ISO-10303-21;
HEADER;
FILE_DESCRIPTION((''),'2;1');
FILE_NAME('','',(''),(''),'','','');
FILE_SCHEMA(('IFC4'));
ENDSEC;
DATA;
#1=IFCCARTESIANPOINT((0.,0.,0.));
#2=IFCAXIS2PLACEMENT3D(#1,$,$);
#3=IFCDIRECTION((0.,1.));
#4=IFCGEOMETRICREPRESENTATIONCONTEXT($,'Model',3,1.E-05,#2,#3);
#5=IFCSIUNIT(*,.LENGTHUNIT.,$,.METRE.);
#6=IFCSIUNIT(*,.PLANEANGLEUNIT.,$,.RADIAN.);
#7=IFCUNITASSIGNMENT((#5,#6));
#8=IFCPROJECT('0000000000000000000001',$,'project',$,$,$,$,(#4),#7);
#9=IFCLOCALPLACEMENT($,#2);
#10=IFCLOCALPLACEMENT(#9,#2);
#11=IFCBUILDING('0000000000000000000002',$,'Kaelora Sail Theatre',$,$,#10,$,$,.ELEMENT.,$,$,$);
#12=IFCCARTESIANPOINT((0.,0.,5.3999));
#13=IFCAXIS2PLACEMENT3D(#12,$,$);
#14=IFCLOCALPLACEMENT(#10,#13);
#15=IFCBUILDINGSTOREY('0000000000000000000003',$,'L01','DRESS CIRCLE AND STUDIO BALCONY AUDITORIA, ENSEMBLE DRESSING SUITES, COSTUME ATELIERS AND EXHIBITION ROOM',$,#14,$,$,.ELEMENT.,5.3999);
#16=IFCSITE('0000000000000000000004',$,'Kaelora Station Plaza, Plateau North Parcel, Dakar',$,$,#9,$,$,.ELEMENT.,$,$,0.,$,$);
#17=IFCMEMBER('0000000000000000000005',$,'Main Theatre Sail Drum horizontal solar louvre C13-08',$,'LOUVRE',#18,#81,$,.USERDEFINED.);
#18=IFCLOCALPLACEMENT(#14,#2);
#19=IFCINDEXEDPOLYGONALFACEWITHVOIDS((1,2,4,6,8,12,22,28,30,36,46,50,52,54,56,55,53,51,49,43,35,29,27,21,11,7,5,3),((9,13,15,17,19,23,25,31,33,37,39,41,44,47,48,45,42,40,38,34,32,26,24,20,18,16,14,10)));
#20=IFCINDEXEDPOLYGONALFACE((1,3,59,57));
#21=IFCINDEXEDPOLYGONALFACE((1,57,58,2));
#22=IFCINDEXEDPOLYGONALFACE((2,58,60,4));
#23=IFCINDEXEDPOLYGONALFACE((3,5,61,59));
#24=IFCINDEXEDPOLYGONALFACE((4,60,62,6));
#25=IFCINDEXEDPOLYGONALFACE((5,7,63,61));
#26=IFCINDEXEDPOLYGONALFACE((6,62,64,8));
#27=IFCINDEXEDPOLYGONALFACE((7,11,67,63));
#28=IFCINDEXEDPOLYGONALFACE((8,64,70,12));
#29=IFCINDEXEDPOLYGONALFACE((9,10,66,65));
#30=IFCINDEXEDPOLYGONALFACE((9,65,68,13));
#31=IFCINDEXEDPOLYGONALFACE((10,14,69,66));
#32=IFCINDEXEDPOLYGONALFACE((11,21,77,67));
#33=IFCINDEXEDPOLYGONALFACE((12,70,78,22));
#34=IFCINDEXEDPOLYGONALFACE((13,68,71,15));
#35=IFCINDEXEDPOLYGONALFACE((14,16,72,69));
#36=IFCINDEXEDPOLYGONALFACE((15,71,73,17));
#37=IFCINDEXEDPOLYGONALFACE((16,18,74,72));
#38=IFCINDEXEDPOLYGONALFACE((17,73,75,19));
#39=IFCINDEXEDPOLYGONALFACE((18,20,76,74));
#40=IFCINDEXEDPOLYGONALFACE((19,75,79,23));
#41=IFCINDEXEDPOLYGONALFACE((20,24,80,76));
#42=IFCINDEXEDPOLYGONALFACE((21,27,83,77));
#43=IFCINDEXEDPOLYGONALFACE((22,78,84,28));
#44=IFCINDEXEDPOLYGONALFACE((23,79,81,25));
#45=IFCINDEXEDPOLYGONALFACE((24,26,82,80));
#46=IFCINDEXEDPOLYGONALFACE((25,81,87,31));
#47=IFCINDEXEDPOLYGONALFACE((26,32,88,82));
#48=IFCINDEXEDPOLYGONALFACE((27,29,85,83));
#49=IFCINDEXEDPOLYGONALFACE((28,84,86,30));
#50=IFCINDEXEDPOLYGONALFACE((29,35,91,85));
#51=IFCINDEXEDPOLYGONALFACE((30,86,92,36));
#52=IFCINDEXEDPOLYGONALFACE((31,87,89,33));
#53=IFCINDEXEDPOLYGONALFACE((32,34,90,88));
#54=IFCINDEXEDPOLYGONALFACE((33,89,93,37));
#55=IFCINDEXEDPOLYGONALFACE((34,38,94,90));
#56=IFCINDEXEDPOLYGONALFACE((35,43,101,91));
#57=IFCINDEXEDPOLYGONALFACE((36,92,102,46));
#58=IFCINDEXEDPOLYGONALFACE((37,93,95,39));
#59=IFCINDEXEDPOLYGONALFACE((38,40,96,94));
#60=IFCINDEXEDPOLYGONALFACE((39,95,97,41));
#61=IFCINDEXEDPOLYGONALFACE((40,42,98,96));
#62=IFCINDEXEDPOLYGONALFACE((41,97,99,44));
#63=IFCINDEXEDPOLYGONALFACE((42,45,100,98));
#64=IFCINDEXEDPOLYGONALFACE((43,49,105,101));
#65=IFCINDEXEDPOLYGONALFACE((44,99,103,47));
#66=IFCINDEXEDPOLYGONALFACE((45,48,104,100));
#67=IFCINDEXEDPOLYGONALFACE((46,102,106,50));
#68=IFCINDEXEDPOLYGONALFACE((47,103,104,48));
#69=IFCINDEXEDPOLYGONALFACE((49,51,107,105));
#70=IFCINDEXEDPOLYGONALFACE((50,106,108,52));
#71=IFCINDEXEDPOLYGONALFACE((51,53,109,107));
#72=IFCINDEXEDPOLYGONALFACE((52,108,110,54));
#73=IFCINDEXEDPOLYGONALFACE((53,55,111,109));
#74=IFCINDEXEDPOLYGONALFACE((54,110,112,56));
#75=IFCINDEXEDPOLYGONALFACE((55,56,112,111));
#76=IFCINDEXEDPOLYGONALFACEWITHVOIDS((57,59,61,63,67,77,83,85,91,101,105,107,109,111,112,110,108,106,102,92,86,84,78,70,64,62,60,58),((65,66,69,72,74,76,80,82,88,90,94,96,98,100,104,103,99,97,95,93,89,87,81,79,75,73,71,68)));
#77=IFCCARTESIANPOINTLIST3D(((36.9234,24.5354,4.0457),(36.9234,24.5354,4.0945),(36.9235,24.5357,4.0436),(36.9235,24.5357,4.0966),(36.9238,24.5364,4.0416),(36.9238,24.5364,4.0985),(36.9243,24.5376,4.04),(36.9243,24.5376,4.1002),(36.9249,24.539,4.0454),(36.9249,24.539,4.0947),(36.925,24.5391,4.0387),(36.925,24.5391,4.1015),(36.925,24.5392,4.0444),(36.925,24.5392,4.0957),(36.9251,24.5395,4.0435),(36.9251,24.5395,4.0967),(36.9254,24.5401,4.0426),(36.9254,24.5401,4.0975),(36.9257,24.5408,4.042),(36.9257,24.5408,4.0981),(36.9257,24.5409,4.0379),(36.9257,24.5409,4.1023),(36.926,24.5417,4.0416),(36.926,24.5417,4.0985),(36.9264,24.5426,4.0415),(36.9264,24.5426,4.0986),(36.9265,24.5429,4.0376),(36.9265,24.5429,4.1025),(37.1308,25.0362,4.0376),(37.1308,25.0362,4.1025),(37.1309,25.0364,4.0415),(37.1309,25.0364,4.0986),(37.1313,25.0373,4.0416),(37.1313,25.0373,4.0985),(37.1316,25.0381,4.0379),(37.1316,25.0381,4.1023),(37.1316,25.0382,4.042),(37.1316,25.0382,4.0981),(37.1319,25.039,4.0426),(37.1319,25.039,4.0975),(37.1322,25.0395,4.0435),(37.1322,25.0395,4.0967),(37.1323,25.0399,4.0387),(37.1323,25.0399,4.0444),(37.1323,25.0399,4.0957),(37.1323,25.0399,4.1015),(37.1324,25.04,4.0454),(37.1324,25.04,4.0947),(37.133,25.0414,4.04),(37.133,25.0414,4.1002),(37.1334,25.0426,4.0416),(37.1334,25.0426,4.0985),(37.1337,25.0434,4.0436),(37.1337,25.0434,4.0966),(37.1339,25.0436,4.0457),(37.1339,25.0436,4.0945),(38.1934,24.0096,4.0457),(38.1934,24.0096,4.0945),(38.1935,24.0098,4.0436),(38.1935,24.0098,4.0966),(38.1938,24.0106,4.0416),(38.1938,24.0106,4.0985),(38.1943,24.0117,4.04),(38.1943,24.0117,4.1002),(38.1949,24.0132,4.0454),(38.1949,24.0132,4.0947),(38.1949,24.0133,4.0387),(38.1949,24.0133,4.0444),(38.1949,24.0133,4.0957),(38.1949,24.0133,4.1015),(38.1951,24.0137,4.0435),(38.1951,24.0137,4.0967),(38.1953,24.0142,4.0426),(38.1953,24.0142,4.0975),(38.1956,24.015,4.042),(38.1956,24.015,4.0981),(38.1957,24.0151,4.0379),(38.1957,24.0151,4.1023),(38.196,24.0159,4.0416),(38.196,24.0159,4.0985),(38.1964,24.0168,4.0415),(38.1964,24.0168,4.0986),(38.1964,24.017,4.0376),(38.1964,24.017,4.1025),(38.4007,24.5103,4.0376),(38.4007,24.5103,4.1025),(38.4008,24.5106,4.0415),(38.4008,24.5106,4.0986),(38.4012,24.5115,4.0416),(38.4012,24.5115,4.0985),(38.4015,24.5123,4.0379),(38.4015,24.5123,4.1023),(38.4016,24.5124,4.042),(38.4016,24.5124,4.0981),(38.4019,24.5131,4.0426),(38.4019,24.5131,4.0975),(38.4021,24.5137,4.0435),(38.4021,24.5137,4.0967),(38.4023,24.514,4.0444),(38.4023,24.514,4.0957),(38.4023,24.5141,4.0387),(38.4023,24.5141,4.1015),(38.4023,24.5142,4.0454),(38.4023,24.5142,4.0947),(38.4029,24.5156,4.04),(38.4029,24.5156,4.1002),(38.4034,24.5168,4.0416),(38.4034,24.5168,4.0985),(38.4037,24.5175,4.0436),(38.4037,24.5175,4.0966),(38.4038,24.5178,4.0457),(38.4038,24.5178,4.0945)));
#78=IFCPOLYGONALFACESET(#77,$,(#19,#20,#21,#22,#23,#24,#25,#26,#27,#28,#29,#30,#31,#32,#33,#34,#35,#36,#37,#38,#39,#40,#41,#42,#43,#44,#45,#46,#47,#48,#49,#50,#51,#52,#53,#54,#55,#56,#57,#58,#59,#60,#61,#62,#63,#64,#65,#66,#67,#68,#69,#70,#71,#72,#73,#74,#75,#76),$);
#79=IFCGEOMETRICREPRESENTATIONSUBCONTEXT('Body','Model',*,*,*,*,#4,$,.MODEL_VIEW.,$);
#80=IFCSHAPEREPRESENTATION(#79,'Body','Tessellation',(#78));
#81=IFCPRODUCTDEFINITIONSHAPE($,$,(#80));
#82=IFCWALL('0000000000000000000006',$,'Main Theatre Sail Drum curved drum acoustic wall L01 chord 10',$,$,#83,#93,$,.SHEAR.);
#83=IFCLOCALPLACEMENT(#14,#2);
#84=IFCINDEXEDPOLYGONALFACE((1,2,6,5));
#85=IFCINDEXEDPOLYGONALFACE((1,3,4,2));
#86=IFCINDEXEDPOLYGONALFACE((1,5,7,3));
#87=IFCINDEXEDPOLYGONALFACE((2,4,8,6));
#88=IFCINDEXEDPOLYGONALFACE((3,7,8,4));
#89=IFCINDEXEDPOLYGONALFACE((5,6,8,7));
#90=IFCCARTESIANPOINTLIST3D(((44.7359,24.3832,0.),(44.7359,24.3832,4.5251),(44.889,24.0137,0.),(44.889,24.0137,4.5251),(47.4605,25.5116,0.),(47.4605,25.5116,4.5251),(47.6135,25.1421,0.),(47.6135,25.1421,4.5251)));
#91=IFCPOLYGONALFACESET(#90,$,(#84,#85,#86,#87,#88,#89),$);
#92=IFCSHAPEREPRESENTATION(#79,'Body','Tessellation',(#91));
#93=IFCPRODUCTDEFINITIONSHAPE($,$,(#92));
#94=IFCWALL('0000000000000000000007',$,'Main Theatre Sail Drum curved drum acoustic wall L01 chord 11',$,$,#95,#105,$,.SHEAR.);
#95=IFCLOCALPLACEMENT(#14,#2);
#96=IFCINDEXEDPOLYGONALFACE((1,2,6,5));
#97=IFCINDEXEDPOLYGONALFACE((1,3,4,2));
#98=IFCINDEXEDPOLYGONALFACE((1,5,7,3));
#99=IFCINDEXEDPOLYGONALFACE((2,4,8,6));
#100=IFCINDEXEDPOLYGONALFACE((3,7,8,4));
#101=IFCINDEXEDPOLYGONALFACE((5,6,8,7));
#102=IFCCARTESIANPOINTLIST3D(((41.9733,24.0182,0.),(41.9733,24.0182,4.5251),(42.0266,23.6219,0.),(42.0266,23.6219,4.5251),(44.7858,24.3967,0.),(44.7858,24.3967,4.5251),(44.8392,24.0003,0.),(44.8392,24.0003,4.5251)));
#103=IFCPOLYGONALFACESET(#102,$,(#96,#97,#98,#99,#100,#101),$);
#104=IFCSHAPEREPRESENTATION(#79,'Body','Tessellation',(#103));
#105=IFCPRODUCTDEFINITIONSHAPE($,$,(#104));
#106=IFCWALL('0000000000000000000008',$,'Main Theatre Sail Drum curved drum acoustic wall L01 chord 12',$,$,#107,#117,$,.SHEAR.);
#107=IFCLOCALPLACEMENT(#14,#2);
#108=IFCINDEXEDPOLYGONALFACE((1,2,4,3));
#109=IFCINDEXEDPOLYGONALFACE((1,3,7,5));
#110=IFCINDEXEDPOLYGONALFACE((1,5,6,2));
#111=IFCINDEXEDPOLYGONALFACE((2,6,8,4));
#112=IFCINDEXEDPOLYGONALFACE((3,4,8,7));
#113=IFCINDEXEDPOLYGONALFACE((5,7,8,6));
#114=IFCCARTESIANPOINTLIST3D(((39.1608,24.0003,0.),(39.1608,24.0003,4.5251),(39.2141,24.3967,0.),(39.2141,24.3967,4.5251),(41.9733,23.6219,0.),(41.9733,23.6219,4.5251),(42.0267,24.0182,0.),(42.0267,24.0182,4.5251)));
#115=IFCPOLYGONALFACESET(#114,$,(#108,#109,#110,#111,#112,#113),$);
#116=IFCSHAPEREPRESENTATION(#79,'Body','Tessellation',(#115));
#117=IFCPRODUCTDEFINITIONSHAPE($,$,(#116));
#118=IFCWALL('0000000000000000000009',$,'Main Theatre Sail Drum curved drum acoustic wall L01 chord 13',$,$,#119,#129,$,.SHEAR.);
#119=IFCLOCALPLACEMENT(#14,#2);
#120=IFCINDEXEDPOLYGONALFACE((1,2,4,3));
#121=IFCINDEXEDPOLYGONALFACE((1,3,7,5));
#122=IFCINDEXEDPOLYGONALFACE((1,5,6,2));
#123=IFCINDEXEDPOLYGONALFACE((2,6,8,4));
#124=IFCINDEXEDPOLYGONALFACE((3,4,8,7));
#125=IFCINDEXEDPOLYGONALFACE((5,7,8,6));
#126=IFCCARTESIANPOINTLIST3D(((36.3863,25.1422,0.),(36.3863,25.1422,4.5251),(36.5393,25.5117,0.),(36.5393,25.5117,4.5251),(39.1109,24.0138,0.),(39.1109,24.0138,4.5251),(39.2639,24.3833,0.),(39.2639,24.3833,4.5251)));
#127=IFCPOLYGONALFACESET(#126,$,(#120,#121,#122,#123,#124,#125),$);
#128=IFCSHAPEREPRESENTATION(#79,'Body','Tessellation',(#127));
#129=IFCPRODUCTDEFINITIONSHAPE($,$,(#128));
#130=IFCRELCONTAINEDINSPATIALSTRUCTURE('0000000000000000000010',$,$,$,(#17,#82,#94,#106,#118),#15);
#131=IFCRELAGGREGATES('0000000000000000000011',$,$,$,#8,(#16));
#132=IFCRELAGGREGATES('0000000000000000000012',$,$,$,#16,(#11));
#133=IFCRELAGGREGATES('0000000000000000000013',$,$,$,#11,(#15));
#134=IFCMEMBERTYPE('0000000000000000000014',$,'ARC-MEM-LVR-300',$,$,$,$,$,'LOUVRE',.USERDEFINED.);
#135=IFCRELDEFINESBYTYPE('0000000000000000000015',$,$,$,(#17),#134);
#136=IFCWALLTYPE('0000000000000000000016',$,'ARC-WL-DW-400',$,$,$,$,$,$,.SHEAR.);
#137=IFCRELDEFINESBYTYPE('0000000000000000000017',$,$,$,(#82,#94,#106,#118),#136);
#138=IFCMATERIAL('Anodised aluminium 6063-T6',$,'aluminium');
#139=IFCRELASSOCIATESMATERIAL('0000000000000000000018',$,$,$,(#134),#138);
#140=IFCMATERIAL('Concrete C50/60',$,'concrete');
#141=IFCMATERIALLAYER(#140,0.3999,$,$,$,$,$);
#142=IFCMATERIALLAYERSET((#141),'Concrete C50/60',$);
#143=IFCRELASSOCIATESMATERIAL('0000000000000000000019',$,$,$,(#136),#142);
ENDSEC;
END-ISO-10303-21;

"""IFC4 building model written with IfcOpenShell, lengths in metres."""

from ifc_helpers import new_model, si_unit, direction, frame, frame_2d, origin, origin_2d, place, context, subcontext, project, spatial, rectangle, hollow_rectangle, extrude, material, layer, layer_set, material_profile, profile_set, type_object, element, save


model = new_model("IFC4")

# Units and contexts
model_context = context("Model", 3, precision=1e-05, world=origin(), true_north=direction((0.0, 1.0)))
body_context = subcontext(model_context, "Body", "Model", "MODEL_VIEW")
ifc_project = project(units=[si_unit("LENGTHUNIT", "METRE"), si_unit("PLANEANGLEUNIT", "RADIAN")], contexts=[model_context])

# Site, building, storey
site_placement = place(None, origin())
site = spatial("IfcSite", under=ifc_project, at=site_placement, Name="Kaelora Station Plaza, Plateau North Parcel, Dakar", CompositionType="ELEMENT", RefElevation=0.0)
building_placement = place(site_placement, origin())
building = spatial("IfcBuilding", under=site, at=building_placement, Name="Kaelora Sail Theatre", CompositionType="ELEMENT")
storey_placement = place(building_placement, frame((0.0, 0.0, 5.3999)))
storey = spatial("IfcBuildingStorey", under=building, at=storey_placement, Name="L01", Description="DRESS CIRCLE AND STUDIO BALCONY AUDITORIA, ENSEMBLE DRESSING SUITES, COSTUME ATELIERS AND EXHIBITION ROOM", CompositionType="ELEMENT", Elevation=5.3999)

# Member
ifc_material_1 = material(Name="Anodised aluminium 6063-T6", Category="aluminium")
ifc_material_profile_1 = material_profile(ifc_material_1, hollow_rectangle(XDim=0.55, YDim=0.0649, WallThickness=0.0039, InnerFilletRadius=0.0039, OuterFilletRadius=0.0081, at=origin_2d()), Name="LOUVRE 550x65x4")
ifc_profile_set_1 = profile_set([ifc_material_profile_1], Name="Anodised aluminium 6063-T6")
member_type = type_object("IfcMemberType", Name="ARC-MEM-LVR-300", ElementType="LOUVRE", PredefinedType="USERDEFINED", material=ifc_profile_set_1)
for number, where, z_axis, x_axis, name in (
    (1, (38.2986, 24.2637, 4.0701), (-0.923926, 0.382571, 0.0), (-0.382571, -0.923926, 0.0), "Main Theatre Sail Drum horizontal solar louvre C13-08"),
):
    element("IfcMember", number, at=place(storey_placement, frame(where, z_axis=z_axis, x_axis=x_axis)), inside=storey, type_object=member_type, Name=name, ObjectType="LOUVRE", PredefinedType="USERDEFINED", context=body_context, shape_type="SweptSolid", body=[
        extrude(hollow_rectangle(XDim=0.55, YDim=0.0649, WallThickness=0.0039, InnerFilletRadius=0.0039, OuterFilletRadius=0.0081, at=origin_2d()), origin(), (0.0, 0.0, 1.0), 1.3745),
    ])

# Walls
ifc_material_2 = material(Name="Concrete C50/60", Category="concrete")
ifc_layer = layer(ifc_material_2, 0.3999)
ifc_layer_set = layer_set([ifc_layer], Name="Concrete C50/60")
wall_type = type_object("IfcWallType", Name="ARC-WL-DW-400", PredefinedType="SHEAR", material=ifc_layer_set)
wall_1_placement = place(storey_placement, frame((47.5371, 25.3269, 0.0), z_axis=(0.0, 0.0, 1.0), x_axis=(-0.923898, -0.382639, 0.0)))
element("IfcWall", 2, at=wall_1_placement, inside=storey, type_object=wall_type, Name="Main Theatre Sail Drum curved drum acoustic wall L01 chord 10", PredefinedType="SHEAR", context=body_context, shape_type="SweptSolid", body=[
    extrude(rectangle(XDim=2.949, YDim=0.3999, at=frame_2d((1.4746, 0.0))), origin(), (0.0, 0.0, 1.0), 4.5251),
])
for number, where, z_axis, x_axis, name in (
    (3, (44.8125, 24.1985, 0.0), (0.0, 0.0, 1.0), (-0.991069, -0.133347, 0.0), "Main Theatre Sail Drum curved drum acoustic wall L01 chord 11"),
    (4, (42.0, 23.8201, 0.0), (0.0, 0.0, 1.0), (-0.991069, 0.133347, 0.0), "Main Theatre Sail Drum curved drum acoustic wall L01 chord 12"),
):
    element("IfcWall", number, at=place(storey_placement, frame(where, z_axis=z_axis, x_axis=x_axis)), inside=storey, type_object=wall_type, Name=name, PredefinedType="SHEAR", context=body_context, shape_type="SweptSolid", body=[
        extrude(rectangle(XDim=2.8379, YDim=0.3999, at=frame_2d((1.4189, 0.0))), origin(), (0.0, 0.0, 1.0), 4.5251),
    ])
wall_2_placement = place(storey_placement, frame((39.1875, 24.1985, 0.0), z_axis=(0.0, 0.0, 1.0), x_axis=(-0.923898, 0.382639, 0.0)))
element("IfcWall", 5, at=wall_2_placement, inside=storey, type_object=wall_type, Name="Main Theatre Sail Drum curved drum acoustic wall L01 chord 13", PredefinedType="SHEAR", context=body_context, shape_type="SweptSolid", body=[
    extrude(rectangle(XDim=2.949, YDim=0.3999, at=frame_2d((1.4746, 0.0))), origin(), (0.0, 0.0, 1.0), 4.5251),
])

save(model, "model.ifc")
